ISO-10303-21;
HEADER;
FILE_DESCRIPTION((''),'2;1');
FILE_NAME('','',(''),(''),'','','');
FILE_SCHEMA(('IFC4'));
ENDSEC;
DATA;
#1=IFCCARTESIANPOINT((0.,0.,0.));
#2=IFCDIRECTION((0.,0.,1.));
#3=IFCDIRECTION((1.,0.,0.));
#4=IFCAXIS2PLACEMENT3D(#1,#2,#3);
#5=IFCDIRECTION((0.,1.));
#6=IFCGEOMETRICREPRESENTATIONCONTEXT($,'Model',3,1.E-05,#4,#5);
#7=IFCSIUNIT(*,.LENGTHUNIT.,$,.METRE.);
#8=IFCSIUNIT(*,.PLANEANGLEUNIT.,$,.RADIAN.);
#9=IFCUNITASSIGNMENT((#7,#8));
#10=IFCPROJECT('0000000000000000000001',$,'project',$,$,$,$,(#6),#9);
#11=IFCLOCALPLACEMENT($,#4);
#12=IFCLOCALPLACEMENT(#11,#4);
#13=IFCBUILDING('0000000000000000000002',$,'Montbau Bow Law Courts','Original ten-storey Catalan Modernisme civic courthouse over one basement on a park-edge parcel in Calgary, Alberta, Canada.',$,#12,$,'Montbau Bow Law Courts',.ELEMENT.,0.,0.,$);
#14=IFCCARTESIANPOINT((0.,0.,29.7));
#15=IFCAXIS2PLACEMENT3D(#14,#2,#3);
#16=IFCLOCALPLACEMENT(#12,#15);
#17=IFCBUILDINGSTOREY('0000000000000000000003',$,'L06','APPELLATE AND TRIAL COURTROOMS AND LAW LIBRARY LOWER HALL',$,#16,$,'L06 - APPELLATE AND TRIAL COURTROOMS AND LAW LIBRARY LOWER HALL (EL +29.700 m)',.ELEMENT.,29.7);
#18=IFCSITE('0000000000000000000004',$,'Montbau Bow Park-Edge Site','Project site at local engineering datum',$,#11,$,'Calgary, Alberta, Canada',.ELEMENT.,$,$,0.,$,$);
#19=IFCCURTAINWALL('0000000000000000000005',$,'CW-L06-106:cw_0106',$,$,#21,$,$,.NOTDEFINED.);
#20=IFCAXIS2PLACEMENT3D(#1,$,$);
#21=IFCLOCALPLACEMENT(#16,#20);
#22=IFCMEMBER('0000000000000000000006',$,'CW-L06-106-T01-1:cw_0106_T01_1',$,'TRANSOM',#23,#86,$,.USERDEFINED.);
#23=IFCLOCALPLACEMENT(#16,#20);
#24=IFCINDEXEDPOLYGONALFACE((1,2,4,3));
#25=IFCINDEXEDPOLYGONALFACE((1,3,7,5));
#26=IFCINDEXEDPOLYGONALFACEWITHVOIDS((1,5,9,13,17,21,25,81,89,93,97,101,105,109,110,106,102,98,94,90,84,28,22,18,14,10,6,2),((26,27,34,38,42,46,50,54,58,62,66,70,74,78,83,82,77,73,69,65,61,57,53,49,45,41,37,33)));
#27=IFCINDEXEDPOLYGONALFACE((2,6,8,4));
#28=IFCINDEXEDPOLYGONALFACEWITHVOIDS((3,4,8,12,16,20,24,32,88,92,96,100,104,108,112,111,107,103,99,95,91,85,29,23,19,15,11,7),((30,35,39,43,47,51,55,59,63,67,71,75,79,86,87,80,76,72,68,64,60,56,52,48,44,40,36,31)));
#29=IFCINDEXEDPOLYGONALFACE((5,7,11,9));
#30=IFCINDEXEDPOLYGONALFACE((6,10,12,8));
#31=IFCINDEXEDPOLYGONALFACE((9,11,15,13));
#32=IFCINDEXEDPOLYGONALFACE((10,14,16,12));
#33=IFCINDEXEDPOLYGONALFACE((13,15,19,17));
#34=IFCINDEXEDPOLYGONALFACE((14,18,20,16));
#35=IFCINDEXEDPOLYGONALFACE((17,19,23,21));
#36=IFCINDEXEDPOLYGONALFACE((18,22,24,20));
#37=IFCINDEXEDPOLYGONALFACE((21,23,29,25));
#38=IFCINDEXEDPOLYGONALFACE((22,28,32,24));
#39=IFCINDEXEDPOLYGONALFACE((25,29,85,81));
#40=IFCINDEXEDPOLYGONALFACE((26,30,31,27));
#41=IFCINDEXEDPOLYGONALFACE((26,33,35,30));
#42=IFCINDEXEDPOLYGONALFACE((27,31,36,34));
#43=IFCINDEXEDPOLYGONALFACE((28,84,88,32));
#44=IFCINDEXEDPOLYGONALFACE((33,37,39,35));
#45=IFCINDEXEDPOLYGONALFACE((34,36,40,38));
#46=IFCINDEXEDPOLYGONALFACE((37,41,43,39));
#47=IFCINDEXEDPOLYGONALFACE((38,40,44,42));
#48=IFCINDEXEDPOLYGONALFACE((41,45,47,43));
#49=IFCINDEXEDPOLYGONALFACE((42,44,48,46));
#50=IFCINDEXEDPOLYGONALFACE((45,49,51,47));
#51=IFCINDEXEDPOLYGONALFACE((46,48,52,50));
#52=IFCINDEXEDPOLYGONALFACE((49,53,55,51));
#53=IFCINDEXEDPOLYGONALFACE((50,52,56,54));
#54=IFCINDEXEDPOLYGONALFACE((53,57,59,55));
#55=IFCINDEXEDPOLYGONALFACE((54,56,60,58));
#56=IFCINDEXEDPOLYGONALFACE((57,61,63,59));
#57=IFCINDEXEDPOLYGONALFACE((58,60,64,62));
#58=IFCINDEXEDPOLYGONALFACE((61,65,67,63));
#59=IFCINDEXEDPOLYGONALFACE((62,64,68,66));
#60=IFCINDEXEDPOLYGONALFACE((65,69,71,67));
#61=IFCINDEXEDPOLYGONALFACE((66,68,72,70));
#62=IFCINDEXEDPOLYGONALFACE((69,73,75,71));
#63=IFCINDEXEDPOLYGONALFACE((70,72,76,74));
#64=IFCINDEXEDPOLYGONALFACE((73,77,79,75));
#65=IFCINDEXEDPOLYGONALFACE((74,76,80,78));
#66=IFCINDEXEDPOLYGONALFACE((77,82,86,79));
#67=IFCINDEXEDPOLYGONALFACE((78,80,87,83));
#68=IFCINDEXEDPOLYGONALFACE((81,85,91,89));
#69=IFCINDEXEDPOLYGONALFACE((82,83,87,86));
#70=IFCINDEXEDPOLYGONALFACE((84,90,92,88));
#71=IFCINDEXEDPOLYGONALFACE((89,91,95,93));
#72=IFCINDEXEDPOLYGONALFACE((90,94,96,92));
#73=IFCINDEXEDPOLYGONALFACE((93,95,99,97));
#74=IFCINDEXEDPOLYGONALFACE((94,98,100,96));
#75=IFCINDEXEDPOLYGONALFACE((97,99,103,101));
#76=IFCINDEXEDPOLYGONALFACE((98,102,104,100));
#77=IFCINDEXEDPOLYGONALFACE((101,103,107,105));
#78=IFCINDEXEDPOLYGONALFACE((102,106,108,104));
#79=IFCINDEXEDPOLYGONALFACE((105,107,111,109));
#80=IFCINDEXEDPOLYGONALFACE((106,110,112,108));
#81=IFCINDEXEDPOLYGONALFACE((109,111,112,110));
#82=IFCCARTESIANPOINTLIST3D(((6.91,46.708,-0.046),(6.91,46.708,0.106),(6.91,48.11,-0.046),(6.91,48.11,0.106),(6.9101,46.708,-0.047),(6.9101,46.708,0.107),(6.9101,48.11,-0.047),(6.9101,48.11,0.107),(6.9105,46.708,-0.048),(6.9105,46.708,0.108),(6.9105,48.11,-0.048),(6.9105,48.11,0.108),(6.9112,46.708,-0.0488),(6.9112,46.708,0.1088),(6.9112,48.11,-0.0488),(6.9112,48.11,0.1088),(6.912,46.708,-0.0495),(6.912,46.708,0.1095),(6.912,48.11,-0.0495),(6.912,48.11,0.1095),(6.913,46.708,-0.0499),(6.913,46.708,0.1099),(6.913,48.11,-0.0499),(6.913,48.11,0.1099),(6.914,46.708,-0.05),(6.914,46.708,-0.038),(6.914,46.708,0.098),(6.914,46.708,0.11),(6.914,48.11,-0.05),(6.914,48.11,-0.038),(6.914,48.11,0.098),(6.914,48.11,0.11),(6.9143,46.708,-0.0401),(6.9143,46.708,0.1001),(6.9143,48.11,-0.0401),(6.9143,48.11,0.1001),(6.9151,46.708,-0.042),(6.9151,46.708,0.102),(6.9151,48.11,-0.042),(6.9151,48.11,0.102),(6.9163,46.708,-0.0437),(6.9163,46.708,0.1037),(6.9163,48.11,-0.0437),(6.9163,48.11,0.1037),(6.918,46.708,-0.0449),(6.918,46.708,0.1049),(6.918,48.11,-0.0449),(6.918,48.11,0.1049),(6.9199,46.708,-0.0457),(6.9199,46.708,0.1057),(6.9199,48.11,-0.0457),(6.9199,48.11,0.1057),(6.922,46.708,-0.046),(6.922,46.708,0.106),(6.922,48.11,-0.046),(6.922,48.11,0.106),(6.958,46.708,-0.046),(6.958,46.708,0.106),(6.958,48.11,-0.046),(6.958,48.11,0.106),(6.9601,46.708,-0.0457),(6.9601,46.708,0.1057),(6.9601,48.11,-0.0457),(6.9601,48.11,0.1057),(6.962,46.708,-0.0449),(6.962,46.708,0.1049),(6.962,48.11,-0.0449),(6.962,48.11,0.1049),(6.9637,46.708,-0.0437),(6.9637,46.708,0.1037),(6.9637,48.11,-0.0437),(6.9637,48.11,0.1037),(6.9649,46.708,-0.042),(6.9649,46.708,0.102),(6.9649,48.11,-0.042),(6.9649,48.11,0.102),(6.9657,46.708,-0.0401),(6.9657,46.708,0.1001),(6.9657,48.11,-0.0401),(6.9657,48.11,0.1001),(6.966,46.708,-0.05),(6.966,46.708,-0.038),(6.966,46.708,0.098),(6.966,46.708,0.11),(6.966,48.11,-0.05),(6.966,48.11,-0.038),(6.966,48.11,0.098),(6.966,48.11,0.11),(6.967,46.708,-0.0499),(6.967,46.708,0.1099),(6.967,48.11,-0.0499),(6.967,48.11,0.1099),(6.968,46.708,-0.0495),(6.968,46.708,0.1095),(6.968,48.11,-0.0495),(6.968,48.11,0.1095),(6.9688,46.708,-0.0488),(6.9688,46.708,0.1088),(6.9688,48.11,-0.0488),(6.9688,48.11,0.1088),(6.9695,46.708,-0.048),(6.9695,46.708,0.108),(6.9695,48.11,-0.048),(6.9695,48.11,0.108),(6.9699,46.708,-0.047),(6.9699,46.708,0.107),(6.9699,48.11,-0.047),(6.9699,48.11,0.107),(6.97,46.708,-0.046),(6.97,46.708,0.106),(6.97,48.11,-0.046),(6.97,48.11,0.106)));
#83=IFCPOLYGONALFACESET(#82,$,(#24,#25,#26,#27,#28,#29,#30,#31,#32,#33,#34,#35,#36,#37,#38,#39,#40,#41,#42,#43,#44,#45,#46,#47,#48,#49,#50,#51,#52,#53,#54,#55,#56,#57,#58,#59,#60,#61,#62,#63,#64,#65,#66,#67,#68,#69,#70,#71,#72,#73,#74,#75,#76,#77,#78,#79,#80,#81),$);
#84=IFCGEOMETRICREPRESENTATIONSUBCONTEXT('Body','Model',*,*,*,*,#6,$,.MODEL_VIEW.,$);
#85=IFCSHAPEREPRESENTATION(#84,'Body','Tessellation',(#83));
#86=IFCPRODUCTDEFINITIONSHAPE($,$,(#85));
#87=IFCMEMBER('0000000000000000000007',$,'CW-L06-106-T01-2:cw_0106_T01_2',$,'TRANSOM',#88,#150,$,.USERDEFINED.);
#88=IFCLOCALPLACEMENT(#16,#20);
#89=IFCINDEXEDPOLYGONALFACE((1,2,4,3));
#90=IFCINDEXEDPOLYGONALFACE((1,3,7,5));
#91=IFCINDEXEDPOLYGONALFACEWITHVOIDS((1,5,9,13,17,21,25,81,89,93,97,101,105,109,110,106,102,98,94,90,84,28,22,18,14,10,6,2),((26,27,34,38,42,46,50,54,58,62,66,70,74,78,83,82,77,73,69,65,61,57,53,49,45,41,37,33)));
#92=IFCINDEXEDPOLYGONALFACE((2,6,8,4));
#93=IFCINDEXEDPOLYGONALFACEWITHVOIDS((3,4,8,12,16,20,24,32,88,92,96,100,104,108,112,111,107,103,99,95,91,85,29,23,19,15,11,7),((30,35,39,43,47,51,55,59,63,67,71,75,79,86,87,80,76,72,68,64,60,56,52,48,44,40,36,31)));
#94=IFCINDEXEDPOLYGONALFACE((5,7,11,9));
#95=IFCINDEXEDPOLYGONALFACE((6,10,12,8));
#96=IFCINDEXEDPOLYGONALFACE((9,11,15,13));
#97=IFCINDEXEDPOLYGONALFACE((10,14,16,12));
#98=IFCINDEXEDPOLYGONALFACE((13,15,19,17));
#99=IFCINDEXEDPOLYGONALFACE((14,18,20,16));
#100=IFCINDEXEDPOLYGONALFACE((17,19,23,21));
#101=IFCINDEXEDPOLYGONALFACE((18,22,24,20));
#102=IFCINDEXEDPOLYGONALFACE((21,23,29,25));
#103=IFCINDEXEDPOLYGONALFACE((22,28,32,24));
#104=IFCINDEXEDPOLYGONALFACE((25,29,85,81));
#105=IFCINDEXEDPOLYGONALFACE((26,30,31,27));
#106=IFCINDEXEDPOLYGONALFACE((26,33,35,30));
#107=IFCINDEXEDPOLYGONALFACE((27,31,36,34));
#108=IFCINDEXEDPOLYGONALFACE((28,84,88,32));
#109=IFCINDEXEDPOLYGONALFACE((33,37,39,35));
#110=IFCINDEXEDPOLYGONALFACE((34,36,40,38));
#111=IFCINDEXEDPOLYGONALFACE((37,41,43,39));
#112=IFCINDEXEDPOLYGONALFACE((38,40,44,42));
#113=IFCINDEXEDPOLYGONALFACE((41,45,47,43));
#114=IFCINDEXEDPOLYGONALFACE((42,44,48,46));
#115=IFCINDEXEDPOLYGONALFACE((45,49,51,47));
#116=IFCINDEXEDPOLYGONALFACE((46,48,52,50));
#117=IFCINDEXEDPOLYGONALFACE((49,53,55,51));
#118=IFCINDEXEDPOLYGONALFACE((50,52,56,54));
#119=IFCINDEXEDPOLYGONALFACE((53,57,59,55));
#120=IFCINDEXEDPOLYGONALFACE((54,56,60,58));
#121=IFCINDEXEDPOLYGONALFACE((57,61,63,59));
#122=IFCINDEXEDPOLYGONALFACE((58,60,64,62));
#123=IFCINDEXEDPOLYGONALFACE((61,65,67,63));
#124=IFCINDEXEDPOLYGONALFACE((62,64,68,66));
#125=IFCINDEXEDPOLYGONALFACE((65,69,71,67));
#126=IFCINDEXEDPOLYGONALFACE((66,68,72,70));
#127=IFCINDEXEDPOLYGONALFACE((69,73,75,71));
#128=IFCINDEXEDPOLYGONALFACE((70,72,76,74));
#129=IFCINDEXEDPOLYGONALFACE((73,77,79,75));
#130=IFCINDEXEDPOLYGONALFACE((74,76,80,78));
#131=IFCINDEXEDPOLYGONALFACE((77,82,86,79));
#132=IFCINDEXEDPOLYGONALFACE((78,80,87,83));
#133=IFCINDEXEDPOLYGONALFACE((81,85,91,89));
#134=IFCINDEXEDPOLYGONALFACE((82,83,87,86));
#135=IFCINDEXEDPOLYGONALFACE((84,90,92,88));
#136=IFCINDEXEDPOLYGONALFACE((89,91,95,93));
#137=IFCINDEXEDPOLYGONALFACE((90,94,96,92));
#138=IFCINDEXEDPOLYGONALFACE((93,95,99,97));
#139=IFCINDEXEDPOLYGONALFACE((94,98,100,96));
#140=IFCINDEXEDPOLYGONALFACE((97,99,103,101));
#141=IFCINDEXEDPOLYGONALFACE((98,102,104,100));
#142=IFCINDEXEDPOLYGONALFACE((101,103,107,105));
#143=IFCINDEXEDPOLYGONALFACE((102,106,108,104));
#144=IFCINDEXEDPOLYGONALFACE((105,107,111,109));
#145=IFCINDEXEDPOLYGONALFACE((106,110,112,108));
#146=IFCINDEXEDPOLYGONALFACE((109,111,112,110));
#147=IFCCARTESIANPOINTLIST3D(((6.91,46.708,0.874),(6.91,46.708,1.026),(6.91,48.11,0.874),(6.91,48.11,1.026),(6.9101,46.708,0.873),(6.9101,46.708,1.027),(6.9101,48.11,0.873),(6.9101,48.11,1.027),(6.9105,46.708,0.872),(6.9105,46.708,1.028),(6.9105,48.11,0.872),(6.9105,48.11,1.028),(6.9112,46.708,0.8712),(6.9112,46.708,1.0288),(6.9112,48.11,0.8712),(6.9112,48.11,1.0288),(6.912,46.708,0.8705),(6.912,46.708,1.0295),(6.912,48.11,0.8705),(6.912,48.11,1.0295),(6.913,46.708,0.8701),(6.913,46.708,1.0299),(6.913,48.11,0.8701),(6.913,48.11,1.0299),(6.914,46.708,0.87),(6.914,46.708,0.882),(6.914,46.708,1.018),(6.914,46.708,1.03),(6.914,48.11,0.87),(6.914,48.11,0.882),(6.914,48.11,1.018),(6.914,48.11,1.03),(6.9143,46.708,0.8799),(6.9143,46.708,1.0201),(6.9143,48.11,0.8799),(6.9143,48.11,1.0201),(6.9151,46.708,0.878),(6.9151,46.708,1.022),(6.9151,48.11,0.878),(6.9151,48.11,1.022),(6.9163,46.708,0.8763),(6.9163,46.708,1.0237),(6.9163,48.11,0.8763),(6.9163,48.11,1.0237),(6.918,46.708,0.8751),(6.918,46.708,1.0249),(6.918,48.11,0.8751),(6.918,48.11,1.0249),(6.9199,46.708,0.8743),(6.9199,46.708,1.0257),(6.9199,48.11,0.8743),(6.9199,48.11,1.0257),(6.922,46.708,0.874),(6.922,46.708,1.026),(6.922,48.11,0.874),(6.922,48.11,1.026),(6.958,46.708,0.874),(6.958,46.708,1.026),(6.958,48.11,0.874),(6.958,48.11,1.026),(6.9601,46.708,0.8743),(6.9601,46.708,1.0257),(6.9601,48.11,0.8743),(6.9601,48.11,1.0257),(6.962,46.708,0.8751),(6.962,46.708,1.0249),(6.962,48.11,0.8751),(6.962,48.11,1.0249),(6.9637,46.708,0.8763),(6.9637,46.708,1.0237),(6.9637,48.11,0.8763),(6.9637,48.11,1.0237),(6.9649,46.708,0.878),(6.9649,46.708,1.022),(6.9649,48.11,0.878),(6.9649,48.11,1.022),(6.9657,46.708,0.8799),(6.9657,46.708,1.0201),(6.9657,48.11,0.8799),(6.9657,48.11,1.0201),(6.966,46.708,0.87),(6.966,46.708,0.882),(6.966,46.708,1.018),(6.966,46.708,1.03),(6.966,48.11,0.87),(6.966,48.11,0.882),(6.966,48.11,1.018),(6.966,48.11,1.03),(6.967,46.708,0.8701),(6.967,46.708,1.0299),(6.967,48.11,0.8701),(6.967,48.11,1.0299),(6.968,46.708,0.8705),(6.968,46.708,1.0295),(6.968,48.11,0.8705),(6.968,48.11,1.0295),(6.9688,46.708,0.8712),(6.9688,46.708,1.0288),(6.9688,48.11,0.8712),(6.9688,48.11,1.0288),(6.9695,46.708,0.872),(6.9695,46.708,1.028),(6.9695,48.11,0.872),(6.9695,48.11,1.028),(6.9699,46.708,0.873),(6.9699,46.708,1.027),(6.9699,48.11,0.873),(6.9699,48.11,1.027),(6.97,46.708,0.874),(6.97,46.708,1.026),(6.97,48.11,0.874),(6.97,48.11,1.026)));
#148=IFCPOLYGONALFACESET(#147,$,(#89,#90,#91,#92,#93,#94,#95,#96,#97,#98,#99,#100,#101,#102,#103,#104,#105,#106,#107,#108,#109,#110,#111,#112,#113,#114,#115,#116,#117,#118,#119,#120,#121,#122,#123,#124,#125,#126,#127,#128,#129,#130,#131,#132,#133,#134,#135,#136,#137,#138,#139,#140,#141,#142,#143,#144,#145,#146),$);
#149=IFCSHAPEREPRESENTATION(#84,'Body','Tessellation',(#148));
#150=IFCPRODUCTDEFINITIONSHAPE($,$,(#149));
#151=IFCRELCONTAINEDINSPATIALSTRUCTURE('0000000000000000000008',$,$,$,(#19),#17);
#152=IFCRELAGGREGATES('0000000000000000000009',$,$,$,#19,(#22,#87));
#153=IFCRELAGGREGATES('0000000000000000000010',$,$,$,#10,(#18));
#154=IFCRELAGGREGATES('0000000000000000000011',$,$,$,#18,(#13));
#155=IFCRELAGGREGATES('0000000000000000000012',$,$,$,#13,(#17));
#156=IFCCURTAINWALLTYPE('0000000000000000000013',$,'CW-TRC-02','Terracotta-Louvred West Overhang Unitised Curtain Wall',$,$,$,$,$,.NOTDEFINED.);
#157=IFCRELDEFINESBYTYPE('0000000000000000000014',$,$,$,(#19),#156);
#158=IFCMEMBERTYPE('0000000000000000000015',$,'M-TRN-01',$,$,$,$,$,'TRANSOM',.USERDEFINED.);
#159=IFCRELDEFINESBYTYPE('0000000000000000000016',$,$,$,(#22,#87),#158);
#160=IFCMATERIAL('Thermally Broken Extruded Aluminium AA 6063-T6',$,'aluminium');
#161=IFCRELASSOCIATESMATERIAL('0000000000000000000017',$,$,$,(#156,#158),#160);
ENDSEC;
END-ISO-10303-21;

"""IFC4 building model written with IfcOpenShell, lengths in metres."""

from ifc_helpers import new_model, si_unit, direction, frame, origin_with_axes, origin_2d_with_axis, place, context, subcontext, project, spatial, hollow_rectangle, extrude, material, material_profile, profile_set, type_object, element, aggregate, save


model = new_model("IFC4")

# Units and contexts
model_context = context("Model", 3, precision=1e-05, world=origin_with_axes(), true_north=direction((0.0, 1.0)))
body_context = subcontext(model_context, "Body", "Model", "MODEL_VIEW")
ifc_project = project(units=[si_unit("LENGTHUNIT", "METRE"), si_unit("PLANEANGLEUNIT", "RADIAN")], contexts=[model_context])

# Site, building, storey
site_placement = place(None, origin_with_axes())
site = spatial("IfcSite", under=ifc_project, at=site_placement, Name="Montbau Bow Park-Edge Site", Description="Project site at local engineering datum", LongName="Calgary, Alberta, Canada", CompositionType="ELEMENT", RefElevation=0.0)
building_placement = place(site_placement, origin_with_axes())
building = spatial("IfcBuilding", under=site, at=building_placement, Name="Montbau Bow Law Courts", Description="Original ten-storey Catalan Modernisme civic courthouse over one basement on a park-edge parcel in Calgary, Alberta, Canada.", LongName="Montbau Bow Law Courts", CompositionType="ELEMENT", ElevationOfRefHeight=0.0, ElevationOfTerrain=0.0)
storey_placement = place(building_placement, frame((0.0, 0.0, 29.7), z_axis=(0.0, 0.0, 1.0), x_axis=(1.0, 0.0, 0.0)))
storey = spatial("IfcBuildingStorey", under=building, at=storey_placement, Name="L06", Description="APPELLATE AND TRIAL COURTROOMS AND LAW LIBRARY LOWER HALL", LongName="L06 - APPELLATE AND TRIAL COURTROOMS AND LAW LIBRARY LOWER HALL (EL +29.700 m)", CompositionType="ELEMENT", Elevation=29.7)

# Shared definitions
ifc_material_1 = material(Name="Thermally Broken Extruded Aluminium AA 6063-T6", Category="aluminium")
curtain_wall_type = type_object("IfcCurtainWallType", Name="CW-TRC-02", Description="Terracotta-Louvred West Overhang Unitised Curtain Wall", PredefinedType="NOTDEFINED", material=ifc_material_1)

# Curtain wall, members
curtain_wall_1_placement = place(None, frame((6.94, 46.64, 29.7), z_axis=(0.0, 0.0, 1.0), x_axis=(1.0, 0.0, 0.0)))
curtain_wall_1 = element("IfcCurtainWall", 1, at=curtain_wall_1_placement, inside=storey, type_object=curtain_wall_type, Name="CW-L06-106:cw_0106", PredefinedType="NOTDEFINED")
ifc_material_profile_1 = material_profile(ifc_material_1, hollow_rectangle(XDim=0.06, YDim=0.16, WallThickness=0.004, InnerFilletRadius=0.008, OuterFilletRadius=0.004, at=origin_2d_with_axis()), Name="CWT-160X60", Category="Main", Priority=0)
ifc_profile_set_1 = profile_set([ifc_material_profile_1], Name="Thermally Broken Extruded Aluminium AA 6063-T6")
member_type_1 = type_object("IfcMemberType", Name="M-TRN-01", ElementType="TRANSOM", PredefinedType="USERDEFINED", material=ifc_profile_set_1)
member_1_placement = place(None, frame((6.94, 46.708, 29.73), z_axis=(0.0, 1.0, 0.0), x_axis=(-1.0, 0.0, 0.0)))
member_1 = element("IfcMember", 2, at=member_1_placement, type_object=member_type_1, Name="CW-L06-106-T01-1:cw_0106_T01_1", ObjectType="TRANSOM", PredefinedType="USERDEFINED", context=body_context, shape_type="SweptSolid", body=[
    extrude(hollow_rectangle(XDim=0.06, YDim=0.16, WallThickness=0.004, InnerFilletRadius=0.008, OuterFilletRadius=0.004, at=origin_2d_with_axis()), origin_with_axes(), (0.0, 0.0, 1.0), 1.402),
])
member_2_placement = place(None, frame((6.94, 46.708, 30.65), z_axis=(0.0, 1.0, 0.0), x_axis=(-1.0, 0.0, 0.0)))
member_2 = element("IfcMember", 3, at=member_2_placement, type_object=member_type_1, Name="CW-L06-106-T01-2:cw_0106_T01_2", ObjectType="TRANSOM", PredefinedType="USERDEFINED", context=body_context, shape_type="SweptSolid", body=[
    extrude(hollow_rectangle(XDim=0.06, YDim=0.16, WallThickness=0.004, InnerFilletRadius=0.008, OuterFilletRadius=0.004, at=origin_2d_with_axis()), origin_with_axes(), (0.0, 0.0, 1.0), 1.402),
])
aggregate(curtain_wall_1, [member_1, member_2])

save(model, "model.ifc")
